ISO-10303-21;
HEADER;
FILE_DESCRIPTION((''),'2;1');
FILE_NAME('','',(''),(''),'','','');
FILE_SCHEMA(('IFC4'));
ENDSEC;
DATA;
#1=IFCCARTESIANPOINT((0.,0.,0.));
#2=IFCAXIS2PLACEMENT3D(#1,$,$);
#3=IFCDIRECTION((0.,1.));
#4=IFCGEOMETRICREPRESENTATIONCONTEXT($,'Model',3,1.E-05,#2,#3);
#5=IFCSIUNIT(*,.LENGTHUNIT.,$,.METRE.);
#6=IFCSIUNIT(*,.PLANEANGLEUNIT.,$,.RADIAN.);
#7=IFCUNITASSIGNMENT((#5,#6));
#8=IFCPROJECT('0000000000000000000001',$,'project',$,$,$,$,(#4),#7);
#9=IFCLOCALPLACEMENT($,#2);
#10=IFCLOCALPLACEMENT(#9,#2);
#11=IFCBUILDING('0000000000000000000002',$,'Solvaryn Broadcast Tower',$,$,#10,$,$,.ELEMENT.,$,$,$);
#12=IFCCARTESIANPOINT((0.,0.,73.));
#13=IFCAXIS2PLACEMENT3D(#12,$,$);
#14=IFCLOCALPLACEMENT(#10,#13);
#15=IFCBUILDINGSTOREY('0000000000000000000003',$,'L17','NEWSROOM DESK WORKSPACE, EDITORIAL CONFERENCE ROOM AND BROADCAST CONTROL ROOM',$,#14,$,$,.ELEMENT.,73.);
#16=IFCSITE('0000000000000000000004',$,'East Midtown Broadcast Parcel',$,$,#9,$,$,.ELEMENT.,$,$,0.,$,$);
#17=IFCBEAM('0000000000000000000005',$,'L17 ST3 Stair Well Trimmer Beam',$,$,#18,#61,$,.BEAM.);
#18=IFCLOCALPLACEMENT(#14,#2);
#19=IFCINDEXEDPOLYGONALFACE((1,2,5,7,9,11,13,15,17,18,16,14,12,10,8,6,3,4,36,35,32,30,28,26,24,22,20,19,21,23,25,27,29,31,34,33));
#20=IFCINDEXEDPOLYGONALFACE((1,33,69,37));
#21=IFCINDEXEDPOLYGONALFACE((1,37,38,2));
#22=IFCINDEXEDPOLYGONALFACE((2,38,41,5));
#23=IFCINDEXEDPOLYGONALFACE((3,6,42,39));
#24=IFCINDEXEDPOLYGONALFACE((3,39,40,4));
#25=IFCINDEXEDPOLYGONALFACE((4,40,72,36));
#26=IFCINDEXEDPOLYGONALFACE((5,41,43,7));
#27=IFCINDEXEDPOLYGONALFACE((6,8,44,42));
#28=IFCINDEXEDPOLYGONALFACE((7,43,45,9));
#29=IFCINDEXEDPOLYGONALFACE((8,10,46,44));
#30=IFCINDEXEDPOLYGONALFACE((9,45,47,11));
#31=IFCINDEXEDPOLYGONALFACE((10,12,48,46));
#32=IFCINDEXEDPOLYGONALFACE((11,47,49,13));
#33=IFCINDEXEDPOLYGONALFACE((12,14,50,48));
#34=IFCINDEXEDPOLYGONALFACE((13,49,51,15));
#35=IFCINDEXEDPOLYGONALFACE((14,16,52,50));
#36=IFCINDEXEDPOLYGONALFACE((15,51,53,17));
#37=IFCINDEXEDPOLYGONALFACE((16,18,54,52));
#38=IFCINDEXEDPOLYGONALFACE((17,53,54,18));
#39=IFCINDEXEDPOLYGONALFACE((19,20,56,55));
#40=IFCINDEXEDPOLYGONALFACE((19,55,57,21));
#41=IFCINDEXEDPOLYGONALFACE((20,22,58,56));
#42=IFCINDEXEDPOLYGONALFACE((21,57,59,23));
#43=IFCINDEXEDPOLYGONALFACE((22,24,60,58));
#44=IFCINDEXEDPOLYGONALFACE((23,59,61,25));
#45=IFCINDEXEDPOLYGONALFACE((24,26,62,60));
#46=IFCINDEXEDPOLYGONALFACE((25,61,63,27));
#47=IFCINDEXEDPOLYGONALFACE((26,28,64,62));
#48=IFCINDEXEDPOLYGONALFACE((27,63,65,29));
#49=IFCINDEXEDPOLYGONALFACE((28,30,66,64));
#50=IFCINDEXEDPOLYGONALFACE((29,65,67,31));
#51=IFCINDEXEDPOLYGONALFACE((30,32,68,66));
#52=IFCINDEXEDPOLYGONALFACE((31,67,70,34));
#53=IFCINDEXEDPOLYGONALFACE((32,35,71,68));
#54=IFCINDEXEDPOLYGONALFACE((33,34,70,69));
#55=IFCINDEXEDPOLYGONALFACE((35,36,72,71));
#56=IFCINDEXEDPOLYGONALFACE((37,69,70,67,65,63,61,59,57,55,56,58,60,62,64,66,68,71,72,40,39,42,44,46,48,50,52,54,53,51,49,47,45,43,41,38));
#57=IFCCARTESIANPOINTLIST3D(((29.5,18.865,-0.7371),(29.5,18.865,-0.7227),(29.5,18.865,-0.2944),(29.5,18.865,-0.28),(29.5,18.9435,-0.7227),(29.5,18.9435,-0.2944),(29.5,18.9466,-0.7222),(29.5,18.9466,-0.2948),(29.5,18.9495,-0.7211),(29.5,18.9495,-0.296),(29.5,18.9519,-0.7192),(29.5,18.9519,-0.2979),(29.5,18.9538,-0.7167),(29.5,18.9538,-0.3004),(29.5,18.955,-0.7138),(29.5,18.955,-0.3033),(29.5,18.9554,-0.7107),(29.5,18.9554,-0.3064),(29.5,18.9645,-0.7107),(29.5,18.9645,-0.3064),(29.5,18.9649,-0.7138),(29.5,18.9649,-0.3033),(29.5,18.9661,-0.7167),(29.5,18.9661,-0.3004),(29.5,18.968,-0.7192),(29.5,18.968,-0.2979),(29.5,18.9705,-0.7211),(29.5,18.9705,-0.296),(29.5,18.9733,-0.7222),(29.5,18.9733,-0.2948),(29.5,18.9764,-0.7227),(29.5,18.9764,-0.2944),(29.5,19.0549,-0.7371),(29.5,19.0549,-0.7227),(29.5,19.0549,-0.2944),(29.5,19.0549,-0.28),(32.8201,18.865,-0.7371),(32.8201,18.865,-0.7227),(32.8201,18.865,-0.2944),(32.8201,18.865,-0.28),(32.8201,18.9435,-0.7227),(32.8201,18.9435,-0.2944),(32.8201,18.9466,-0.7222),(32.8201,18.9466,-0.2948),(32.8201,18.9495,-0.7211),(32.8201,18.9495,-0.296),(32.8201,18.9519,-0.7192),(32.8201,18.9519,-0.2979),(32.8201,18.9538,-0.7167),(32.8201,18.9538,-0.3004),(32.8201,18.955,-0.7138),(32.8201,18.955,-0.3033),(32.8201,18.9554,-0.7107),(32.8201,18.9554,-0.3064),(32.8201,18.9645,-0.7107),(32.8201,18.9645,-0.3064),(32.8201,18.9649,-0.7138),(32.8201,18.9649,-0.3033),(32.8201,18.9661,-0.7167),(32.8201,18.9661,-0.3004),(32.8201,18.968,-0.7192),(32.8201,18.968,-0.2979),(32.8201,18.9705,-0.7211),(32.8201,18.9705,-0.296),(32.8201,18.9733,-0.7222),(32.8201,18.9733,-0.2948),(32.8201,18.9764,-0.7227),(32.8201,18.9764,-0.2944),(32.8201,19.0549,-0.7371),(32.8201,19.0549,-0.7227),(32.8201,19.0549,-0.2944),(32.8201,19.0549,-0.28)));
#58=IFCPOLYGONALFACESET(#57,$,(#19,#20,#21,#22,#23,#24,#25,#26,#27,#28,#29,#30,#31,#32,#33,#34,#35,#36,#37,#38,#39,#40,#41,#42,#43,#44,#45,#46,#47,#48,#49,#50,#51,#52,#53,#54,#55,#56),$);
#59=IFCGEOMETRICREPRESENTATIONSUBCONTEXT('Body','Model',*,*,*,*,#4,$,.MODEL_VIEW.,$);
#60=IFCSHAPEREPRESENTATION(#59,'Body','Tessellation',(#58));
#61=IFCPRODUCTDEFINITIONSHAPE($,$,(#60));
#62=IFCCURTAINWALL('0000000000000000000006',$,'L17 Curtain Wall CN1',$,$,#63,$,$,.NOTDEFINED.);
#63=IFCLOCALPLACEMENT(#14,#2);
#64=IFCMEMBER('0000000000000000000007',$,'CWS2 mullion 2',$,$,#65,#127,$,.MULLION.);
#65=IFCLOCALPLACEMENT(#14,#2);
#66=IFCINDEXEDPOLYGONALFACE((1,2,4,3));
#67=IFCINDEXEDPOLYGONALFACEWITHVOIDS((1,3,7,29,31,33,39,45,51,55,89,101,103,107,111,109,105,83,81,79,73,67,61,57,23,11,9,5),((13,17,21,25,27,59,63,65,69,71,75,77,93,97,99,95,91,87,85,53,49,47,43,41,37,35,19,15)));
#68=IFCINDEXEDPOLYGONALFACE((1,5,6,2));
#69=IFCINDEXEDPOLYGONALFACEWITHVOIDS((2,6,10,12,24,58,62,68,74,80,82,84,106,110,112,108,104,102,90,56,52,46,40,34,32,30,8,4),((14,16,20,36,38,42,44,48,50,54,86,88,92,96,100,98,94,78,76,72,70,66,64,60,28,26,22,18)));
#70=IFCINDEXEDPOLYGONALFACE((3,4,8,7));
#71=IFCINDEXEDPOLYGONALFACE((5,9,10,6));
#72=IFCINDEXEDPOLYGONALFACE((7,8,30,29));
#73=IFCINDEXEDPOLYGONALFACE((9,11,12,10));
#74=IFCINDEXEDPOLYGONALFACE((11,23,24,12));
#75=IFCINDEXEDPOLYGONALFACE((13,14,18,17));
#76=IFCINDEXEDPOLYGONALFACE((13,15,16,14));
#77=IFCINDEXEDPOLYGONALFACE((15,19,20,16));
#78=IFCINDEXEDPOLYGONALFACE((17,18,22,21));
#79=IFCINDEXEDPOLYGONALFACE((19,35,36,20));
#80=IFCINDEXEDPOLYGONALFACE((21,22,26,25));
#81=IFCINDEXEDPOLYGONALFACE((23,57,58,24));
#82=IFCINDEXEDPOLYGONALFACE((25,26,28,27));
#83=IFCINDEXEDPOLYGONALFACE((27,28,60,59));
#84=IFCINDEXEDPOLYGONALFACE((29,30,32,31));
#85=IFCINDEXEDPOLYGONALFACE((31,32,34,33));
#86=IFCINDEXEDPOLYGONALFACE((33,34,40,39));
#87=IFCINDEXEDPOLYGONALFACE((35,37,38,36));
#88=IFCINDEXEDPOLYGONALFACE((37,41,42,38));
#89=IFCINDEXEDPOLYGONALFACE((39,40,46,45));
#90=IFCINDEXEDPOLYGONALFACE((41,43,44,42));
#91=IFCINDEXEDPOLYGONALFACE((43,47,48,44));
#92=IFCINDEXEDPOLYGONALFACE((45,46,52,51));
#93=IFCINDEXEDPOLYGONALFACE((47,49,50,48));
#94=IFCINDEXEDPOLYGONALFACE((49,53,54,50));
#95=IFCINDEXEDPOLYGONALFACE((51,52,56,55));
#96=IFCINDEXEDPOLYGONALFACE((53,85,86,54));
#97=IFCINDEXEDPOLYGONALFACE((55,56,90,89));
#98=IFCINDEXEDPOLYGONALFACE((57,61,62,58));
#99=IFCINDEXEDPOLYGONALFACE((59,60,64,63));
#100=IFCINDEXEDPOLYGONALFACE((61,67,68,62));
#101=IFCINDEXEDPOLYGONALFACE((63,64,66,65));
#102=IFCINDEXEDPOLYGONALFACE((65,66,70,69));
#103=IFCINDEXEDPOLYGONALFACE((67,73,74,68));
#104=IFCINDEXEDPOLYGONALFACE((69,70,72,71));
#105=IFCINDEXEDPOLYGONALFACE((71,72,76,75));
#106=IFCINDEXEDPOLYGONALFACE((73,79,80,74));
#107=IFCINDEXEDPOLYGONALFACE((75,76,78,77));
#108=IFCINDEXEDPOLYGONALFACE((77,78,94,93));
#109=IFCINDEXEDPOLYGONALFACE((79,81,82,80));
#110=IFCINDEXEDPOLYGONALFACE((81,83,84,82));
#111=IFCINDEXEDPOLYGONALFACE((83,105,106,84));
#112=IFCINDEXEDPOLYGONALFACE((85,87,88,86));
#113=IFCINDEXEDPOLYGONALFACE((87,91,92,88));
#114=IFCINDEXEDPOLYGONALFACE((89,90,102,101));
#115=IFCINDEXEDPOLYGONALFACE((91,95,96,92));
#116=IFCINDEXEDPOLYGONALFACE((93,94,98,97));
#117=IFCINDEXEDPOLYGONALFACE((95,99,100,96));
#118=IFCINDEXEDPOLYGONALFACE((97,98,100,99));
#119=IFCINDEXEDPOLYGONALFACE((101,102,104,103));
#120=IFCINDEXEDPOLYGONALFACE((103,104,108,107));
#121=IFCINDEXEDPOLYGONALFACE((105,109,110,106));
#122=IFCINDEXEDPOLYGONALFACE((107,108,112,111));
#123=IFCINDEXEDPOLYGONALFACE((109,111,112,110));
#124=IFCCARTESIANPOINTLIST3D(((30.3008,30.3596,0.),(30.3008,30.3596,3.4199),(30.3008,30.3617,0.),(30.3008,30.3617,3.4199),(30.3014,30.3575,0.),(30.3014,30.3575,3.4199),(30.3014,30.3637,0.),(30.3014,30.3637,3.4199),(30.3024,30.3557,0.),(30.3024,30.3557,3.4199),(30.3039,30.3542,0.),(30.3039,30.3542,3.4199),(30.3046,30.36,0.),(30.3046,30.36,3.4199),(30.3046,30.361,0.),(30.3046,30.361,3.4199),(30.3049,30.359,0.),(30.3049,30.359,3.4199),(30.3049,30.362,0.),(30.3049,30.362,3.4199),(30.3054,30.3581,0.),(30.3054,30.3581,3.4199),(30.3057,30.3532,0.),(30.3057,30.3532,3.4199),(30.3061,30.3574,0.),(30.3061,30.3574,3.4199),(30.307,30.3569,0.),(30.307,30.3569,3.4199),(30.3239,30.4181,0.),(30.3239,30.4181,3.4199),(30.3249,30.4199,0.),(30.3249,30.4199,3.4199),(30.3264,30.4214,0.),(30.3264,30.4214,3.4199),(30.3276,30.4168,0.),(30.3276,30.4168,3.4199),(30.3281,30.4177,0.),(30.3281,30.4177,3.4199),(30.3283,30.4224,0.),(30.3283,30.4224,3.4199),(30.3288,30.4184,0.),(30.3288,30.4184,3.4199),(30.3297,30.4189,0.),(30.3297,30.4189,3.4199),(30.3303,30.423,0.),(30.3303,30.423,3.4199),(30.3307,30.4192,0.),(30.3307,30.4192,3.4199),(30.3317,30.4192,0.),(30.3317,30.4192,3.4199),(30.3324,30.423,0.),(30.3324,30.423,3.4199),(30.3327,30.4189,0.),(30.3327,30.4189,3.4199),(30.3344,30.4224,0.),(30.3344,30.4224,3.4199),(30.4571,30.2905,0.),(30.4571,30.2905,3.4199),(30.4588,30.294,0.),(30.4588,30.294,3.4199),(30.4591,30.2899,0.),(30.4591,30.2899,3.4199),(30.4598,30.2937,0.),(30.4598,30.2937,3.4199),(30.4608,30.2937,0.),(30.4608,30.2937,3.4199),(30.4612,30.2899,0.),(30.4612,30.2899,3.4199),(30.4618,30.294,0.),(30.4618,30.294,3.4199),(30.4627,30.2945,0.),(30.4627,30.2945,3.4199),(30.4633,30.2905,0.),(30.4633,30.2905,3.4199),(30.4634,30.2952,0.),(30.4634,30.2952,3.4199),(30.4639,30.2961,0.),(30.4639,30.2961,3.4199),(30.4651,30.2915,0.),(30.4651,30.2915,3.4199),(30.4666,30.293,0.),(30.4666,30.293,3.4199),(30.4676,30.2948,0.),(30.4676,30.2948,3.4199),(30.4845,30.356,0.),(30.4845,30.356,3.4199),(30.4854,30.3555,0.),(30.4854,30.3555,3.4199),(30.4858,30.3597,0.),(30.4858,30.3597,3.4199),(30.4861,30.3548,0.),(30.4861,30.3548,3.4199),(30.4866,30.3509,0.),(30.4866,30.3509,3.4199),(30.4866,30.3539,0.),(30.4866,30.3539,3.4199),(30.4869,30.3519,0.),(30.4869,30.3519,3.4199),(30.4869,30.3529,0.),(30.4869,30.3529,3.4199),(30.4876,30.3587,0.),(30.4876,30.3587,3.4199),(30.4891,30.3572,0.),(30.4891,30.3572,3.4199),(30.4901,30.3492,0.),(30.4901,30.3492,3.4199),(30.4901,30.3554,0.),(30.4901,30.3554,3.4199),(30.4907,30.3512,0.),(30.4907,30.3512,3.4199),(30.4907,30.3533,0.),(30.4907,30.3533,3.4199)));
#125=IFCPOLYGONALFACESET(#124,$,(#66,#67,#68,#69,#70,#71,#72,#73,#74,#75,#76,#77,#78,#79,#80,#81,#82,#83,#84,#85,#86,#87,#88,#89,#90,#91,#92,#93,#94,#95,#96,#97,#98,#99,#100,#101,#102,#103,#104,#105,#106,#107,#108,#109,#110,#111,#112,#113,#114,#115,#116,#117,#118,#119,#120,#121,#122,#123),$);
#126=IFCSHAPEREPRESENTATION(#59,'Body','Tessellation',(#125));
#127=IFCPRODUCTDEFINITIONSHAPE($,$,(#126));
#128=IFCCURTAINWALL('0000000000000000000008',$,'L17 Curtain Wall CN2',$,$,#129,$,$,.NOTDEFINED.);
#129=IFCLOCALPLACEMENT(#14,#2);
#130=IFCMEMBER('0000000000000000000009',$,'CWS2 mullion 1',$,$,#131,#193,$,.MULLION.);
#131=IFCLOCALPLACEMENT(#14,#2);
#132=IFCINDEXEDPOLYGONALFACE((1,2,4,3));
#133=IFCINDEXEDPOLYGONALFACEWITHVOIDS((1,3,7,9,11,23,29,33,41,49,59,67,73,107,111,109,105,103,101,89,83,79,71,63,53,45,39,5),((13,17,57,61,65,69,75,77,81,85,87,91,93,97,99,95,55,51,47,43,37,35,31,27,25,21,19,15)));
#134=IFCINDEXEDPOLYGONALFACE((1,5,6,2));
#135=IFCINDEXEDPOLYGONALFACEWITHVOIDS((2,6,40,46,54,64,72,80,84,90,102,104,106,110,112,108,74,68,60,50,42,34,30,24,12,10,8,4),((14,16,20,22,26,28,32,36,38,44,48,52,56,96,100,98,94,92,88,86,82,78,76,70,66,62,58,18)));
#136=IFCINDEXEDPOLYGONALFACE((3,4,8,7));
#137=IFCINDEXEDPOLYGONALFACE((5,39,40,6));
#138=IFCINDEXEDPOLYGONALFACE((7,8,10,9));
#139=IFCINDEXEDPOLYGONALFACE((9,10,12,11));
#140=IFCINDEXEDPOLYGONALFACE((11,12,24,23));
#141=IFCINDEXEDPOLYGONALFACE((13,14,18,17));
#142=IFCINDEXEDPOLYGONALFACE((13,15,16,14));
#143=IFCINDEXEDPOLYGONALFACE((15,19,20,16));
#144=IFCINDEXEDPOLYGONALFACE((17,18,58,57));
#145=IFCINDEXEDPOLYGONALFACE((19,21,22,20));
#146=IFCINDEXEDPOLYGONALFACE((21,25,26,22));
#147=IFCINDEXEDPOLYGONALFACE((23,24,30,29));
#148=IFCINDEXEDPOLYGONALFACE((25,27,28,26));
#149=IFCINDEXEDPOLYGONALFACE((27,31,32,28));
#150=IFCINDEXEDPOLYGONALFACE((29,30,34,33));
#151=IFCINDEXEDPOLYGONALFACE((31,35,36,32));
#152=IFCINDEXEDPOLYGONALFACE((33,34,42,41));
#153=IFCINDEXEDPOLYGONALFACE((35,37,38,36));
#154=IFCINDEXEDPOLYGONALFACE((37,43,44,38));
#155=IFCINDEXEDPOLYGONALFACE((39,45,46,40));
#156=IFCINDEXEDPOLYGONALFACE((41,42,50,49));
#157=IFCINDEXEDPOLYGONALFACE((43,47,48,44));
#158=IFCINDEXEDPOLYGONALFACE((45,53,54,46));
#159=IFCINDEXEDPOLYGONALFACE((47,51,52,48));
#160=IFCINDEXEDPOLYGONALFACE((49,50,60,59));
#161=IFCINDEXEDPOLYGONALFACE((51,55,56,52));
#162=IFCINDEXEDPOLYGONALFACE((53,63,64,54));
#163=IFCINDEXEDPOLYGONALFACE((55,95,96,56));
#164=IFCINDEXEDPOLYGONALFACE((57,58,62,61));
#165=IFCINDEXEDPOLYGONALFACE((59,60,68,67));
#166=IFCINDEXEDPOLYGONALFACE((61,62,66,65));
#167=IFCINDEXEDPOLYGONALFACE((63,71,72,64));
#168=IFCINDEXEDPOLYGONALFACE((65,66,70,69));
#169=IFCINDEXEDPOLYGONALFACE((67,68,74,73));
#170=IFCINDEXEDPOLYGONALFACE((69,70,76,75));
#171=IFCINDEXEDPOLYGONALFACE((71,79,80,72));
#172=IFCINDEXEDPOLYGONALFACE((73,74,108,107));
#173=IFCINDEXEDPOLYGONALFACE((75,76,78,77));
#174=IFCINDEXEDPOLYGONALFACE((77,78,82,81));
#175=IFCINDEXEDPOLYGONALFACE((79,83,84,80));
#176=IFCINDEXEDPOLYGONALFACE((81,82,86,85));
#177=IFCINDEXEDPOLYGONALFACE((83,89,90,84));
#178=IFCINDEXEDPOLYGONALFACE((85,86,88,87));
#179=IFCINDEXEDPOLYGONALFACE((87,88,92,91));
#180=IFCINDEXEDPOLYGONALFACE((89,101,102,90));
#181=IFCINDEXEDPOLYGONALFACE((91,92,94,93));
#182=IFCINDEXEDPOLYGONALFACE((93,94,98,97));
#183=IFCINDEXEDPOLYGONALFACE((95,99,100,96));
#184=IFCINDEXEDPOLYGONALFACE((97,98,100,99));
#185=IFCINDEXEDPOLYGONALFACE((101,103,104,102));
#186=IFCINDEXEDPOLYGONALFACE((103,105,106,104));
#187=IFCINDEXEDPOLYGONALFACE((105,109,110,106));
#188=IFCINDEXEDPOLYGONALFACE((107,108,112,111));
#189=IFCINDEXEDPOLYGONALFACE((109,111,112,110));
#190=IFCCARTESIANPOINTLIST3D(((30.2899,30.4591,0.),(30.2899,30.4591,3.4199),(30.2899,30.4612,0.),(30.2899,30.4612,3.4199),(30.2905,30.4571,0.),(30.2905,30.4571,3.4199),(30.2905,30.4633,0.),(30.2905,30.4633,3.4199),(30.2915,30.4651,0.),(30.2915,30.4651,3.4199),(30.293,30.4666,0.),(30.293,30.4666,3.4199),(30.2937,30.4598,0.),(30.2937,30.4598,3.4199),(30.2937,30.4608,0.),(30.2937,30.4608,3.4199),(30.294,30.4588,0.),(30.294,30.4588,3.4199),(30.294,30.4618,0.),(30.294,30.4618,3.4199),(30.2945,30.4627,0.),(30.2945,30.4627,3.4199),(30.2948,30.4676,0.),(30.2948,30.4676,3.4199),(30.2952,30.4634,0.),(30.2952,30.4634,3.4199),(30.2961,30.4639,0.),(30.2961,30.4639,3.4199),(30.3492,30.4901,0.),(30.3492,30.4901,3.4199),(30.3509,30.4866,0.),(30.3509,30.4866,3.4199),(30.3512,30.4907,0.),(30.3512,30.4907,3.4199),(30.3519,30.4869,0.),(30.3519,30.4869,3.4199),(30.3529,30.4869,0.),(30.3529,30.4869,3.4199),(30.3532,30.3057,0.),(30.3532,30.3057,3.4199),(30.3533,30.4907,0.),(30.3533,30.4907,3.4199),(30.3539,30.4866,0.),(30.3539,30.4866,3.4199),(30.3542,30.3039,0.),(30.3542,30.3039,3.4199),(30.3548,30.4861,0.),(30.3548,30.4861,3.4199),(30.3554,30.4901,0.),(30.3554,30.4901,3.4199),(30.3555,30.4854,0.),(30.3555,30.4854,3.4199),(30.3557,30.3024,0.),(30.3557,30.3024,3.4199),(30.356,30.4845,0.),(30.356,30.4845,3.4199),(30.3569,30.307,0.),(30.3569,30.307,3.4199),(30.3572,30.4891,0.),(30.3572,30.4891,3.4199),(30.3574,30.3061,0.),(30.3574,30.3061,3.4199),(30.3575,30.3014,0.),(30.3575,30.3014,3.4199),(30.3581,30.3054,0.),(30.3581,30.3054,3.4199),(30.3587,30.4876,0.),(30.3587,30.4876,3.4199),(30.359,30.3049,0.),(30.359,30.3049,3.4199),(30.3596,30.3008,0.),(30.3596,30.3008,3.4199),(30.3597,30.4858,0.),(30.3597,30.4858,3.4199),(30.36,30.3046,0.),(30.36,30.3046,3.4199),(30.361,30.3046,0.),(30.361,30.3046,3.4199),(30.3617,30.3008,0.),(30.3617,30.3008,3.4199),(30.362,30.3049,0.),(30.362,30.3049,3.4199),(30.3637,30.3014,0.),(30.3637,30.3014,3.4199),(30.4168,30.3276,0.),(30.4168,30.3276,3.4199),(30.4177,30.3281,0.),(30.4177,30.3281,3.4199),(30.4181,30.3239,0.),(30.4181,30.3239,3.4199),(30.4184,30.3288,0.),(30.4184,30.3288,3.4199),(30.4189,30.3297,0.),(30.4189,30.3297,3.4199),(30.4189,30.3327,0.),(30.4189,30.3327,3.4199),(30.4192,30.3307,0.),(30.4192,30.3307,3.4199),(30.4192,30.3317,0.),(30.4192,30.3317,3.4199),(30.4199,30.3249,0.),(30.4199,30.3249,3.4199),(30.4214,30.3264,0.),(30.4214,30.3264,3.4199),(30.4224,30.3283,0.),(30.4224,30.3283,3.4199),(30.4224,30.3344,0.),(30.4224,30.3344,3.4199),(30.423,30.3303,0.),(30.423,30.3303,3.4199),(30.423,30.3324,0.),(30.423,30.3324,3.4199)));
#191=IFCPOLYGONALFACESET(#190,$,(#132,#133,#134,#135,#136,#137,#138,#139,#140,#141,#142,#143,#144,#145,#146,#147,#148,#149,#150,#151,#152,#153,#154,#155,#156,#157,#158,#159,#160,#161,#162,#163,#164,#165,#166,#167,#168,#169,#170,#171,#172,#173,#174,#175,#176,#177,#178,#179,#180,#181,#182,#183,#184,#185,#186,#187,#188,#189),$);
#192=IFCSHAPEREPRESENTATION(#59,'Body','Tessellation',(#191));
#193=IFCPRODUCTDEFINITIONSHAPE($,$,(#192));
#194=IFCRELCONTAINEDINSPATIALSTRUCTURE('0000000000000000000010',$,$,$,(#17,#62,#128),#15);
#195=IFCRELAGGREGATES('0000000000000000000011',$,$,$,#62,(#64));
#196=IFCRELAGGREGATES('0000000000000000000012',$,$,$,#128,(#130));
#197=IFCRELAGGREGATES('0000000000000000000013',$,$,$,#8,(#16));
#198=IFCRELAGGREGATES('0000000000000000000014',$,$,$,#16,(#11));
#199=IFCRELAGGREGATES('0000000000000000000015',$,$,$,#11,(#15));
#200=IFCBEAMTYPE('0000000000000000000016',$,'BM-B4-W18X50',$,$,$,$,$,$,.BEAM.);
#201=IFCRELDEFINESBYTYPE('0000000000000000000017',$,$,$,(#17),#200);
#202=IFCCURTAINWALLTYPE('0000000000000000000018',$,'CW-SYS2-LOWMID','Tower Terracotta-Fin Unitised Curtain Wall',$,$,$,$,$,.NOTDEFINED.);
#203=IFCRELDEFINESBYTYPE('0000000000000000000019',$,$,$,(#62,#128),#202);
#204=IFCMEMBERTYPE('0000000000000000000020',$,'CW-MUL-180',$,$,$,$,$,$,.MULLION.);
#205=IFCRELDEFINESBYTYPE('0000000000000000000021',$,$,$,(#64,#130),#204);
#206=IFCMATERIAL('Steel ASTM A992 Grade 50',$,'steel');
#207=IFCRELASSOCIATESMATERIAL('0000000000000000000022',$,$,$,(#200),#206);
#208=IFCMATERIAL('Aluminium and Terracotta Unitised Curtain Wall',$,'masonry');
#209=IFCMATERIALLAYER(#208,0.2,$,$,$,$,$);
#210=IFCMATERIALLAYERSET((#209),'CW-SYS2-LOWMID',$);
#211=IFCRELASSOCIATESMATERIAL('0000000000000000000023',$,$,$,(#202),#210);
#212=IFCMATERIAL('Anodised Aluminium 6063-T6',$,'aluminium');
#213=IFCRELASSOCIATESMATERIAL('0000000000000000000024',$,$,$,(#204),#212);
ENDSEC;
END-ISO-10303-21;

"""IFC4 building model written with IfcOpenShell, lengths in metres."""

from ifc_helpers import new_model, si_unit, direction, frame, origin, origin_2d, place, context, subcontext, project, spatial, hollow_rectangle, i_section, extrude, material, layer, layer_set, material_profile, profile_set, type_object, element, aggregate, save


model = new_model("IFC4")

# Units and contexts
model_context = context("Model", 3, precision=1e-05, world=origin(), true_north=direction((0.0, 1.0)))
body_context = subcontext(model_context, "Body", "Model", "MODEL_VIEW")
ifc_project = project(units=[si_unit("LENGTHUNIT", "METRE"), si_unit("PLANEANGLEUNIT", "RADIAN")], contexts=[model_context])

# Site, building, storey
site_placement = place(None, origin())
site = spatial("IfcSite", under=ifc_project, at=site_placement, Name="East Midtown Broadcast Parcel", CompositionType="ELEMENT", RefElevation=0.0)
building_placement = place(site_placement, origin())
building = spatial("IfcBuilding", under=site, at=building_placement, Name="Solvaryn Broadcast Tower", CompositionType="ELEMENT")
storey_placement = place(building_placement, frame((0.0, 0.0, 73.0)))
storey = spatial("IfcBuildingStorey", under=building, at=storey_placement, Name="L17", Description="NEWSROOM DESK WORKSPACE, EDITORIAL CONFERENCE ROOM AND BROADCAST CONTROL ROOM", CompositionType="ELEMENT", Elevation=73.0)

# Beam
ifc_material_1 = material(Name="Steel ASTM A992 Grade 50", Category="steel")
ifc_material_profile_1 = material_profile(ifc_material_1, i_section(OverallWidth=0.1899, OverallDepth=0.457, WebThickness=0.009, FlangeThickness=0.0144, FilletRadius=0.012, at=origin_2d()))
ifc_profile_set_1 = profile_set([ifc_material_profile_1], Name="Steel ASTM A992 Grade 50")
beam_type_1 = type_object("IfcBeamType", Name="BM-B4-W18X50", PredefinedType="BEAM", material=ifc_profile_set_1)
beam_1_placement = place(storey_placement, frame((29.5, 18.96, -0.5085), z_axis=(1.0, 0.0, 0.0), x_axis=(0.0, 1.0, 0.0)))
element("IfcBeam", 1, at=beam_1_placement, inside=storey, type_object=beam_type_1, Name="L17 ST3 Stair Well Trimmer Beam", PredefinedType="BEAM", context=body_context, shape_type="SweptSolid", body=[
    extrude(i_section(OverallWidth=0.1899, OverallDepth=0.457, WebThickness=0.009, FlangeThickness=0.0144, FilletRadius=0.012, at=origin_2d()), origin(), (0.0, 0.0, 1.0), 3.3201),
])

# Curtain wall, member
ifc_material_2 = material(Name="Aluminium and Terracotta Unitised Curtain Wall", Category="masonry")
ifc_layer_1 = layer(ifc_material_2, 0.2)
ifc_layer_set_1 = layer_set([ifc_layer_1], Name="CW-SYS2-LOWMID")
curtain_wall_type = type_object("IfcCurtainWallType", Name="CW-SYS2-LOWMID", Description="Tower Terracotta-Fin Unitised Curtain Wall", PredefinedType="NOTDEFINED", material=ifc_layer_set_1)
curtain_wall_1_placement = place(storey_placement, origin())
curtain_wall_1 = element("IfcCurtainWall", 2, at=curtain_wall_1_placement, inside=storey, type_object=curtain_wall_type, Name="L17 Curtain Wall CN1", PredefinedType="NOTDEFINED")
ifc_material_3 = material(Name="Anodised Aluminium 6063-T6", Category="aluminium")
ifc_material_profile_2 = material_profile(ifc_material_3, hollow_rectangle(XDim=0.075, YDim=0.1799, WallThickness=0.0039, InnerFilletRadius=0.0039, OuterFilletRadius=0.0081, at=origin_2d()))
ifc_profile_set_2 = profile_set([ifc_material_profile_2], Name="Anodised Aluminium 6063-T6")
member_type_1 = type_object("IfcMemberType", Name="CW-MUL-180", PredefinedType="MULLION", material=ifc_profile_set_2)
member_1_placement = place(storey_placement, frame((30.3958, 30.3564, 0.0), z_axis=(0.0, 0.0, 1.0), x_axis=(-0.382646, -0.923895, 0.0)))
member_1 = element("IfcMember", 3, at=member_1_placement, type_object=member_type_1, Name="CWS2 mullion 2", PredefinedType="MULLION", context=body_context, shape_type="SweptSolid", body=[
    extrude(hollow_rectangle(XDim=0.075, YDim=0.1799, WallThickness=0.0039, InnerFilletRadius=0.0039, OuterFilletRadius=0.0081, at=origin_2d()), origin(), (0.0, 0.0, 1.0), 3.4199),
])

# Curtain wall, member
curtain_wall_2_placement = place(storey_placement, origin())
curtain_wall_2 = element("IfcCurtainWall", 4, at=curtain_wall_2_placement, inside=storey, type_object=curtain_wall_type, Name="L17 Curtain Wall CN2", PredefinedType="NOTDEFINED")
member_2_placement = place(storey_placement, frame((30.3564, 30.3958, 0.0), z_axis=(0.0, 0.0, 1.0), x_axis=(-0.923895, -0.382646, 0.0)))
member_2 = element("IfcMember", 5, at=member_2_placement, type_object=member_type_1, Name="CWS2 mullion 1", PredefinedType="MULLION", context=body_context, shape_type="SweptSolid", body=[
    extrude(hollow_rectangle(XDim=0.075, YDim=0.1799, WallThickness=0.0039, InnerFilletRadius=0.0039, OuterFilletRadius=0.0081, at=origin_2d()), origin(), (0.0, 0.0, 1.0), 3.4199),
])

aggregate(curtain_wall_1, [member_1])
aggregate(curtain_wall_2, [member_2])

save(model, "model.ifc")
